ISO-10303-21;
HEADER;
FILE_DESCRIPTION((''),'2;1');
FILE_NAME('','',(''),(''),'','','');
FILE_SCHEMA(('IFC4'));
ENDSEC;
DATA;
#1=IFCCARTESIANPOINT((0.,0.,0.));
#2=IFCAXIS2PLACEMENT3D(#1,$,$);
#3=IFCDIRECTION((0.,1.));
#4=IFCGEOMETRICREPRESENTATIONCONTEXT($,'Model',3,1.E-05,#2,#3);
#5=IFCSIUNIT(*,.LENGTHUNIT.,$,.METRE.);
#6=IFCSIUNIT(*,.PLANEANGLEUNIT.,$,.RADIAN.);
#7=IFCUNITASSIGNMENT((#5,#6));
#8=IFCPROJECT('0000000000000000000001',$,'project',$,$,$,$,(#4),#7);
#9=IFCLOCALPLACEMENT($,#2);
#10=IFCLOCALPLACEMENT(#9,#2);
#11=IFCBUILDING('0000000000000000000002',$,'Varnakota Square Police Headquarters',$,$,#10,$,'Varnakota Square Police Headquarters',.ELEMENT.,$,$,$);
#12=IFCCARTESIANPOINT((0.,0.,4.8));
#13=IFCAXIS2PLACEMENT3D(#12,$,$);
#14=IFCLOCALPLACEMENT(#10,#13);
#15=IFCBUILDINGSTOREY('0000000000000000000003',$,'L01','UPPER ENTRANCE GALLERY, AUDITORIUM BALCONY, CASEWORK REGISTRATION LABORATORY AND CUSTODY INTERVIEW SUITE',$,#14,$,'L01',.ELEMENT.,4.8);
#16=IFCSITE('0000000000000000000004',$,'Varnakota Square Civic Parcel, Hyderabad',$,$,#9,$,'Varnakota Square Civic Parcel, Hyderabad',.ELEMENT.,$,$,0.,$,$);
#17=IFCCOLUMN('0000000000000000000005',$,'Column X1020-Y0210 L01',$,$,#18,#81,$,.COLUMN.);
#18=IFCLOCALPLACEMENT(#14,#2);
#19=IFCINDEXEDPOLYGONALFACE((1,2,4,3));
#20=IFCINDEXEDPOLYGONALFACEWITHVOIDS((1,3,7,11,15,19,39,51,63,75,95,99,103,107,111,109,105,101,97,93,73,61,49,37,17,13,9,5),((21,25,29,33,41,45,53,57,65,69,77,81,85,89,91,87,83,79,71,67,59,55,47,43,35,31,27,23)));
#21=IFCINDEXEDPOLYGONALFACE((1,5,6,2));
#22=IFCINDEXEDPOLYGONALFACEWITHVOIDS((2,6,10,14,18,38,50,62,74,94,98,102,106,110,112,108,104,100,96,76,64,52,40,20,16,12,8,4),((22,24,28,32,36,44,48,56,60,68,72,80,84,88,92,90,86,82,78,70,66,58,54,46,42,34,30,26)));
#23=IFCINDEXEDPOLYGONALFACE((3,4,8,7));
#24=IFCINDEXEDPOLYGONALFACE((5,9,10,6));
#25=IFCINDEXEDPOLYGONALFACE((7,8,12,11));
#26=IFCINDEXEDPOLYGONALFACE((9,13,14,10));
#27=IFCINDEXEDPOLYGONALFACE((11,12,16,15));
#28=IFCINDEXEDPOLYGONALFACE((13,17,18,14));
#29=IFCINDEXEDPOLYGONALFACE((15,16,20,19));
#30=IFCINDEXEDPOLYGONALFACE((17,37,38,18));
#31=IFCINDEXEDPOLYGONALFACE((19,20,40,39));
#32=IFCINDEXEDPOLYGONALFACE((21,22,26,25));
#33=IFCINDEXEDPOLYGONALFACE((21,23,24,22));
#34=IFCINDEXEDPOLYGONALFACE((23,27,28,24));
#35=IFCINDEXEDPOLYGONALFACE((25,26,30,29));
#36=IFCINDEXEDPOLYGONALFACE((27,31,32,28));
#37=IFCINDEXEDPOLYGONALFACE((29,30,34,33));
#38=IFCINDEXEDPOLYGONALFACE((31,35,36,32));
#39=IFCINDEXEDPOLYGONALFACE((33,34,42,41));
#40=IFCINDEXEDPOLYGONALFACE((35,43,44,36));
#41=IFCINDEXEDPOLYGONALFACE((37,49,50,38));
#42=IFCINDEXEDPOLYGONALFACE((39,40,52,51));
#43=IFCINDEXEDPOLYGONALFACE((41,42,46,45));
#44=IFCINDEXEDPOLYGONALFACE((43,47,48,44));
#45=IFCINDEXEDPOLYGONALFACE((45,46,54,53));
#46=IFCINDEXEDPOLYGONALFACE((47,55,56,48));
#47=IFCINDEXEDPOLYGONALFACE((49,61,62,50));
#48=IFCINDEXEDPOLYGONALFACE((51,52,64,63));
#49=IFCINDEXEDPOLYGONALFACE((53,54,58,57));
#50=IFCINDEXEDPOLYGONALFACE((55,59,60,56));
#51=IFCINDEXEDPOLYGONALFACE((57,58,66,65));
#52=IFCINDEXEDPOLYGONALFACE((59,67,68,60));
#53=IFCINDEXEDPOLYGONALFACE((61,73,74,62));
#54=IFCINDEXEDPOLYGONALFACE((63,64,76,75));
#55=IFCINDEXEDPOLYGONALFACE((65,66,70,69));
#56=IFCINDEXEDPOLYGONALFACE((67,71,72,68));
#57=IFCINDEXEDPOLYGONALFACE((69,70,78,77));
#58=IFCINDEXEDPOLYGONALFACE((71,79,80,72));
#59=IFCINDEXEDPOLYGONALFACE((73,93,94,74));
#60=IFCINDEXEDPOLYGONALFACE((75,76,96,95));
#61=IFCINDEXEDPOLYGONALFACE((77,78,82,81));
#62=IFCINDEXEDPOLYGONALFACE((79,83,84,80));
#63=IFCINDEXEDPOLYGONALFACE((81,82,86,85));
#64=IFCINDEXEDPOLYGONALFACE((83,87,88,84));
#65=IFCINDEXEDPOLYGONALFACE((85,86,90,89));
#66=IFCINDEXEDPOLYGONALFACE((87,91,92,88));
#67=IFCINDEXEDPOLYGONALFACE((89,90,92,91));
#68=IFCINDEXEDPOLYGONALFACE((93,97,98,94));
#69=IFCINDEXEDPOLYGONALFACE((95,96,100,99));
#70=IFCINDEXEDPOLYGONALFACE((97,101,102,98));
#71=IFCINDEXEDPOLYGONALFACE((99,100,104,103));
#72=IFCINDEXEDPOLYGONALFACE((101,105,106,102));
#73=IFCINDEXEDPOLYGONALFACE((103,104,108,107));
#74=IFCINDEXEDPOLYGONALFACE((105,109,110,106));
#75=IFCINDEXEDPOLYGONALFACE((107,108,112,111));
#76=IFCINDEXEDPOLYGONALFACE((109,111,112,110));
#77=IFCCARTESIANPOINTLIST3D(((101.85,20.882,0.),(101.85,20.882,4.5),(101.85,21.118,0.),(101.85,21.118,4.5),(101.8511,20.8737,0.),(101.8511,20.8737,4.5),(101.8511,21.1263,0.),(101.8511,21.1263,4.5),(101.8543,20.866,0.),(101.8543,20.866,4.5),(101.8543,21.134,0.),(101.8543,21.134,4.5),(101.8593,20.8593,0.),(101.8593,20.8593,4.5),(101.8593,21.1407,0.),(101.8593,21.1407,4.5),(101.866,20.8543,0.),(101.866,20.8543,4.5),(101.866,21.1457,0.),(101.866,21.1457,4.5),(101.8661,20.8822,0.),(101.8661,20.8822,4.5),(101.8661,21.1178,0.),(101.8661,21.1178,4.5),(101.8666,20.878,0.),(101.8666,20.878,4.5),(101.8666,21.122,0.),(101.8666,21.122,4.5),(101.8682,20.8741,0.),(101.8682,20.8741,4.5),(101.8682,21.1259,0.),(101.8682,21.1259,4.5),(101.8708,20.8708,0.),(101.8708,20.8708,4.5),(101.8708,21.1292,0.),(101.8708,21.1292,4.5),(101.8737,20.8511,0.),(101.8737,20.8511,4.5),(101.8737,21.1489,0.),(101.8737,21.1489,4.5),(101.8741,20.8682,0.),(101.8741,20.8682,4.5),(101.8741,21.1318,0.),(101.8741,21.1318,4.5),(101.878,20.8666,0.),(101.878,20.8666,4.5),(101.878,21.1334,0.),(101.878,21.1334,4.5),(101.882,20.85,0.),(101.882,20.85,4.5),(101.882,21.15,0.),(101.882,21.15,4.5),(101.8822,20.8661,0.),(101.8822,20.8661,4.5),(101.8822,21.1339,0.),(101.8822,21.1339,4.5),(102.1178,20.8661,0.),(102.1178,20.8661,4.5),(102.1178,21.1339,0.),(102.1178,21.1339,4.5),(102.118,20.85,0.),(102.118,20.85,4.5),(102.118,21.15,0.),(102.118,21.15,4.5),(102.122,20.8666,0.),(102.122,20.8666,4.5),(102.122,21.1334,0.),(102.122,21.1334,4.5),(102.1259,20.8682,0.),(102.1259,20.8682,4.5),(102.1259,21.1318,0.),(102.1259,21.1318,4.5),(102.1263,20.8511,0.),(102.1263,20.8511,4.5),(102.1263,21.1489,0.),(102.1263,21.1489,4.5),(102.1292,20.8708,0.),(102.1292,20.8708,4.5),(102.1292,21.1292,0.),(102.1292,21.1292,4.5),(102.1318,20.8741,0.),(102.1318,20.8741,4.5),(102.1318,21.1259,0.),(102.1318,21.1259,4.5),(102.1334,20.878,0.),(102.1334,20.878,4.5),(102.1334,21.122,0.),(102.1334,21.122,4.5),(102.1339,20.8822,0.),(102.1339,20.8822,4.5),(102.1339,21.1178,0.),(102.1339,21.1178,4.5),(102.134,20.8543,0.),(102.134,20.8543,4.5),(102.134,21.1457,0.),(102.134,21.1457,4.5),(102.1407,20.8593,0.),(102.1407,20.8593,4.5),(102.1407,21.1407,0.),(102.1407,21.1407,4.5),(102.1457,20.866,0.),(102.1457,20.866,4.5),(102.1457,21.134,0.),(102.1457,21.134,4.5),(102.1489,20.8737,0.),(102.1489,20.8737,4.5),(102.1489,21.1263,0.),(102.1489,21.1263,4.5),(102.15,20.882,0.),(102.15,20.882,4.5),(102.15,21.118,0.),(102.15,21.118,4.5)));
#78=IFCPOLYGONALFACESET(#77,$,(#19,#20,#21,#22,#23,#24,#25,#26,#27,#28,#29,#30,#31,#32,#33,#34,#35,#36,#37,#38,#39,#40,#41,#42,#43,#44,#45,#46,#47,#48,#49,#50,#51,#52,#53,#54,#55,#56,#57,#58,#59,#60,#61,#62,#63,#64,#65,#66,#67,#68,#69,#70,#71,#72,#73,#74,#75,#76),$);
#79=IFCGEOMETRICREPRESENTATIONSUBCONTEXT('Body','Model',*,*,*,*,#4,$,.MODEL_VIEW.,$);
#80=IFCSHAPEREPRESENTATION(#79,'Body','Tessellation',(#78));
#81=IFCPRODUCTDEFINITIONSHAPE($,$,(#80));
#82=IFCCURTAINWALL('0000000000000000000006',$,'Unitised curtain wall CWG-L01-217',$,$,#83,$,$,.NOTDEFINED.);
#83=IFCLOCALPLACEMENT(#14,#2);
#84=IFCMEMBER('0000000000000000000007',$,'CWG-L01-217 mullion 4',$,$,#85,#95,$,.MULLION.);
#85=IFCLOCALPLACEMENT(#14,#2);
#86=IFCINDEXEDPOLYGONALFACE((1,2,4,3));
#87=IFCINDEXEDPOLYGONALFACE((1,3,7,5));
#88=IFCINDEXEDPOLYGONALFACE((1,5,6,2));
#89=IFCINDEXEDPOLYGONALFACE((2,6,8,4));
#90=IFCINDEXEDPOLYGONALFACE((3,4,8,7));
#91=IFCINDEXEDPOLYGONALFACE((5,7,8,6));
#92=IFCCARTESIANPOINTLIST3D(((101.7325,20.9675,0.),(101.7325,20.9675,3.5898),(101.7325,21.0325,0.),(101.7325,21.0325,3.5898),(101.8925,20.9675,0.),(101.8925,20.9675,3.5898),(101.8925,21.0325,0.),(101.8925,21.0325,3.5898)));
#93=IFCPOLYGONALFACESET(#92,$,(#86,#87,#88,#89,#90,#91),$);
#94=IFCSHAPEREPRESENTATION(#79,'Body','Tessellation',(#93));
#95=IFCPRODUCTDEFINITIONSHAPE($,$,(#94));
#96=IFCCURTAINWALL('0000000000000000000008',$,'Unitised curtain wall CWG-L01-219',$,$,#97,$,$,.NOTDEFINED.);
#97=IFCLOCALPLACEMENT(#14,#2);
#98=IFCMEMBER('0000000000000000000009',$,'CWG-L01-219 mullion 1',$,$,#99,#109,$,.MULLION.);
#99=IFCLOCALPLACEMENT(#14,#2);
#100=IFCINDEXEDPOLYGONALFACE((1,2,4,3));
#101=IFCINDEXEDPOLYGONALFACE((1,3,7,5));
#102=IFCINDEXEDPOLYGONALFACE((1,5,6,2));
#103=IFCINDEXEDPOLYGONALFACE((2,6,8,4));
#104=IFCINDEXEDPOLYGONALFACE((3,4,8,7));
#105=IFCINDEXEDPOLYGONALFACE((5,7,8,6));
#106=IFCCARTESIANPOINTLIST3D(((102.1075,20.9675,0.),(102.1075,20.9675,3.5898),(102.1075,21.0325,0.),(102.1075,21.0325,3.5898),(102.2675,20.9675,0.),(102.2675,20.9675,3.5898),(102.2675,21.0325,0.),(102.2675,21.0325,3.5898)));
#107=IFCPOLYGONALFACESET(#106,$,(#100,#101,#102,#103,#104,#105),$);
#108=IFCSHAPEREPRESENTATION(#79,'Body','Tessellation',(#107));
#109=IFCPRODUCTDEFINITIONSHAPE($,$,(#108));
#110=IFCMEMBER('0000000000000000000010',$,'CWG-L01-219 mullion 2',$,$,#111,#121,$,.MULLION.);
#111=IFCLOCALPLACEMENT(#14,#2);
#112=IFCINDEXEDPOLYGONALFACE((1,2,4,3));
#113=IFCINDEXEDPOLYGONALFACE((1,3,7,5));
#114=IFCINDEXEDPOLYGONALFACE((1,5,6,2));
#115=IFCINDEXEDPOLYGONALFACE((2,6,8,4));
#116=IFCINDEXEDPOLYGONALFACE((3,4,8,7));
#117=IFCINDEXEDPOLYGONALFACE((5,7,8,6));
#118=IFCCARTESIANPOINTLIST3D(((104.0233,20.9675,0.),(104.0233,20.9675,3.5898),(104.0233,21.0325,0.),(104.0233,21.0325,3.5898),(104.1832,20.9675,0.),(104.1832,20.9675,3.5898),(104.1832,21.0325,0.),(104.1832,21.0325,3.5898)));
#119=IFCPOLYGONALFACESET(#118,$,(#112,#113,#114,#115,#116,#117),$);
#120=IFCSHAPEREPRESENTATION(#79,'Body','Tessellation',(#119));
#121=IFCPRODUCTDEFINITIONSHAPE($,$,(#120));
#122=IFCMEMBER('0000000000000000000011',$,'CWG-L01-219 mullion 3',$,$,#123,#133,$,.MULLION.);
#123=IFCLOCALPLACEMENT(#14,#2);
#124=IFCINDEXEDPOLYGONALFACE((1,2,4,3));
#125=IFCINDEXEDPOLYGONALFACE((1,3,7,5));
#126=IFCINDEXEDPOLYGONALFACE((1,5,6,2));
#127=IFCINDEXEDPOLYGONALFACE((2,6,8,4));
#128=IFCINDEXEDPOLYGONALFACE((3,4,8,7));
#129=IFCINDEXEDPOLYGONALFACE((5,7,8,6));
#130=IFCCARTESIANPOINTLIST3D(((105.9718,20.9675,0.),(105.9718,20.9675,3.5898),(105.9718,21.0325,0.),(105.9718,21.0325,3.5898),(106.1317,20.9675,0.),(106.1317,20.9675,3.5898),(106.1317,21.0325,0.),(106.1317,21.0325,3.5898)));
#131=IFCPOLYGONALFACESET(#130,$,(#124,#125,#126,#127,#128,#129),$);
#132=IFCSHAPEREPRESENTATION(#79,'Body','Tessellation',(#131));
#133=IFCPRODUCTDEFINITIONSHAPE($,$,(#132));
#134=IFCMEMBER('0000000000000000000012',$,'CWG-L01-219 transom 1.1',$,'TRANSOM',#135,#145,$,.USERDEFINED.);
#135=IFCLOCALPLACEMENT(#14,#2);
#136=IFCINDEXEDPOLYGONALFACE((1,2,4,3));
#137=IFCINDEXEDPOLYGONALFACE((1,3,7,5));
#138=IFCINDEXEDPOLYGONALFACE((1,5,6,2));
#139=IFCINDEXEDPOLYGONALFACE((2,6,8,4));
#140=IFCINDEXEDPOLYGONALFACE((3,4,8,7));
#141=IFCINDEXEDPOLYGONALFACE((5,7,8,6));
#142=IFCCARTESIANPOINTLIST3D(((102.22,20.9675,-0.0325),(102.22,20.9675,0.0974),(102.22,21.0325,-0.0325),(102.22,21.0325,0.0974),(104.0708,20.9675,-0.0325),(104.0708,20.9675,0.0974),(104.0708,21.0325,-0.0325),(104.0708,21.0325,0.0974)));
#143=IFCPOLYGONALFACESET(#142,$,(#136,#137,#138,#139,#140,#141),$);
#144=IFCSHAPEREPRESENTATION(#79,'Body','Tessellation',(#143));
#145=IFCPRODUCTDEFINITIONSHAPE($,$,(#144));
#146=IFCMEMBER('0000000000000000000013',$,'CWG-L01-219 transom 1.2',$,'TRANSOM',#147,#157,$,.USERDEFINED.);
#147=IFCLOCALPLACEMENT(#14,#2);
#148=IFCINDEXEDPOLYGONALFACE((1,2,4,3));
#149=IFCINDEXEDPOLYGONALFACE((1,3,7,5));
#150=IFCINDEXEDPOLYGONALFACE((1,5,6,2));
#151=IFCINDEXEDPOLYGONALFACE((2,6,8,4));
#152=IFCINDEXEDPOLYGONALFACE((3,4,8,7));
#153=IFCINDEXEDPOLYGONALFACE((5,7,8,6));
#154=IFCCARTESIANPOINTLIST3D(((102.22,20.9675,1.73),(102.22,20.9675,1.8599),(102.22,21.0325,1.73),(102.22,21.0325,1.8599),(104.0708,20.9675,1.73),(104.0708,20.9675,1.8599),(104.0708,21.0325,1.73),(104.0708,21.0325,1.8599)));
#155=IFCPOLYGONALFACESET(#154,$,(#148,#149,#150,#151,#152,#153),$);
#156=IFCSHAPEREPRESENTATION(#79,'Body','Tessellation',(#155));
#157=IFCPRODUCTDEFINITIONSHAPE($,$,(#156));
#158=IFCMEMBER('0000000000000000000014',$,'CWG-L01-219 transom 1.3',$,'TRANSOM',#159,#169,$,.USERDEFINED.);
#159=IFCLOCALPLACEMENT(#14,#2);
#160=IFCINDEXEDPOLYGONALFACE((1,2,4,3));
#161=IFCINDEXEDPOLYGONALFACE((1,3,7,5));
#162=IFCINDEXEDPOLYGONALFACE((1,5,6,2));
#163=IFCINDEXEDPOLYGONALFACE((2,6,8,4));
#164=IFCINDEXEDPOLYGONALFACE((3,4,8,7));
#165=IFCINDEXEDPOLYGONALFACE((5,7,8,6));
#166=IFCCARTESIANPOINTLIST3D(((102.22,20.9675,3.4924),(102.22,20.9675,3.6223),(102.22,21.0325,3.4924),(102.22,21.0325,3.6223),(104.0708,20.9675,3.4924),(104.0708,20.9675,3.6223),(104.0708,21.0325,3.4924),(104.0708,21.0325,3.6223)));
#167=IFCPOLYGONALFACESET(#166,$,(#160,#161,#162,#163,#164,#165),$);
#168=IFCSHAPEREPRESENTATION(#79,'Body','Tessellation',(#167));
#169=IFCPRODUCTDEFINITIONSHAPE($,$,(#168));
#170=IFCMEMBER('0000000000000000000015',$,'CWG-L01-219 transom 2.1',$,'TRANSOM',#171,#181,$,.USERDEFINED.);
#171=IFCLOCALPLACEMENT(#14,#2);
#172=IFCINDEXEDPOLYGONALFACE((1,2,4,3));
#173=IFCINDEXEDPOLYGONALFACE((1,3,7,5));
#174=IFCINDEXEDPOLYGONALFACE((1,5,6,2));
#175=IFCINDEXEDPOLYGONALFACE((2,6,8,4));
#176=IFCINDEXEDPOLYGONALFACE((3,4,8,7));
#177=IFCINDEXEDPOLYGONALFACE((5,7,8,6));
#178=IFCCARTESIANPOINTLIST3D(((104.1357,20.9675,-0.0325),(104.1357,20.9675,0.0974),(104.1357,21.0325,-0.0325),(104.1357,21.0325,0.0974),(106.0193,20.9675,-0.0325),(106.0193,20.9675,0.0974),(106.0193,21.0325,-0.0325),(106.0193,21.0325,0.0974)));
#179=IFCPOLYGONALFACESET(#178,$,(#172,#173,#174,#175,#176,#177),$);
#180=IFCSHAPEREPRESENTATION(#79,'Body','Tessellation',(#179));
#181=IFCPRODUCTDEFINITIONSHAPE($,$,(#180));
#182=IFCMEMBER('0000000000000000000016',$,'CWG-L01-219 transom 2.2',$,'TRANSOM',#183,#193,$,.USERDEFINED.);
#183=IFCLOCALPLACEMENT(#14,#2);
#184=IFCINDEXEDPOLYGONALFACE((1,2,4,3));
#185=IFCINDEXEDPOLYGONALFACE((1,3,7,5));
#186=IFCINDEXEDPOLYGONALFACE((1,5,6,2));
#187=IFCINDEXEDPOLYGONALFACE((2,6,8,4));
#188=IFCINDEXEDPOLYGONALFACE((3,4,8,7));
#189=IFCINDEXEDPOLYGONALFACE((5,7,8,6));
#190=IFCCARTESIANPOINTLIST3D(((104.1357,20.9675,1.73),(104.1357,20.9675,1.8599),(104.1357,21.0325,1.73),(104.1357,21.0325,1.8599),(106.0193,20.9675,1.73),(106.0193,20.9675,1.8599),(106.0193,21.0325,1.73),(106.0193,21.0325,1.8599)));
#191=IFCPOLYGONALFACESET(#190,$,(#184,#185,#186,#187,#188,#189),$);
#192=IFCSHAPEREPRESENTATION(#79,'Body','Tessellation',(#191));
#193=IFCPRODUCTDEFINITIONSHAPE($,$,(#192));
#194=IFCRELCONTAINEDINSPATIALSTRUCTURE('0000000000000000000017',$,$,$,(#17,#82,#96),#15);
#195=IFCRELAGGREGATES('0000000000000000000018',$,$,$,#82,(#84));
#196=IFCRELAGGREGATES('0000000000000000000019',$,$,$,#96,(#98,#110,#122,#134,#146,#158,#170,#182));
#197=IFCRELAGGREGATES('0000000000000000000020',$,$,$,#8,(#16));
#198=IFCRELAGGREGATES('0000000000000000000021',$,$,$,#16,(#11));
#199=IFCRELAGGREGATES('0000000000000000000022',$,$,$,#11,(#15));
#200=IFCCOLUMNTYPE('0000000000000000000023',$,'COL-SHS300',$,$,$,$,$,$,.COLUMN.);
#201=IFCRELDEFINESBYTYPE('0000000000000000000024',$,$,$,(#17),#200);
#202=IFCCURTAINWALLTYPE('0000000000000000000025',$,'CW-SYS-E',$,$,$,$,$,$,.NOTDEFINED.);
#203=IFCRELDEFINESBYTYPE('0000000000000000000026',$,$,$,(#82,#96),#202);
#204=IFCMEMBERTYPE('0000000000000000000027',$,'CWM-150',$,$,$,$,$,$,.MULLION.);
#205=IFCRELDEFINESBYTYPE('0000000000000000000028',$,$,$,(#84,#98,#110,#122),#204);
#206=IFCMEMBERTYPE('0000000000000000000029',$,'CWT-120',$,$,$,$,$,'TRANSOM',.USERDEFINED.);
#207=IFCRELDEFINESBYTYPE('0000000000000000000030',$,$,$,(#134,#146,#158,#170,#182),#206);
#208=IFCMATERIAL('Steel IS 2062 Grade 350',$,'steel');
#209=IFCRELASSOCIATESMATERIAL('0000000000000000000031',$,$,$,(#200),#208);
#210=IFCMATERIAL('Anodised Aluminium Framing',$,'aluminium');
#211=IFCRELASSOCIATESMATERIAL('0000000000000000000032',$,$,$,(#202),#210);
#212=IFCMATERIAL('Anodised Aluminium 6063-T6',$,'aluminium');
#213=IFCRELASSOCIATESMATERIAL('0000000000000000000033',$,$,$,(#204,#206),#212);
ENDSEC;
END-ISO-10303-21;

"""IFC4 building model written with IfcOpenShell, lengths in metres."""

from ifc_helpers import new_model, si_unit, direction, frame, origin, origin_2d, place, context, subcontext, project, spatial, rectangle, hollow_rectangle, extrude, material, material_profile, profile_set, type_object, element, aggregate, save


model = new_model("IFC4")

# Units and contexts
model_context = context("Model", 3, precision=1e-05, world=origin(), true_north=direction((0.0, 1.0)))
body_context = subcontext(model_context, "Body", "Model", "MODEL_VIEW")
ifc_project = project(units=[si_unit("LENGTHUNIT", "METRE"), si_unit("PLANEANGLEUNIT", "RADIAN")], contexts=[model_context])

# Site, building, storey
site_placement = place(None, origin())
site = spatial("IfcSite", under=ifc_project, at=site_placement, Name="Varnakota Square Civic Parcel, Hyderabad", LongName="Varnakota Square Civic Parcel, Hyderabad", CompositionType="ELEMENT", RefElevation=0.0)
building_placement = place(site_placement, origin())
building = spatial("IfcBuilding", under=site, at=building_placement, Name="Varnakota Square Police Headquarters", LongName="Varnakota Square Police Headquarters", CompositionType="ELEMENT")
storey_placement = place(building_placement, frame((0.0, 0.0, 4.8)))
storey = spatial("IfcBuildingStorey", under=building, at=storey_placement, Name="L01", Description="UPPER ENTRANCE GALLERY, AUDITORIUM BALCONY, CASEWORK REGISTRATION LABORATORY AND CUSTODY INTERVIEW SUITE", LongName="L01", CompositionType="ELEMENT", Elevation=4.8)

# Column
ifc_material_1 = material(Name="Steel IS 2062 Grade 350", Category="steel")
ifc_material_profile_1 = material_profile(ifc_material_1, hollow_rectangle(XDim=0.3, YDim=0.3, WallThickness=0.0161, InnerFilletRadius=0.0161, OuterFilletRadius=0.032, at=origin_2d()), Name="SHS 300x300x16")
ifc_profile_set_1 = profile_set([ifc_material_profile_1], Name="Steel IS 2062 Grade 350")
column_type = type_object("IfcColumnType", Name="COL-SHS300", PredefinedType="COLUMN", material=ifc_profile_set_1)
column_placement = place(storey_placement, frame((102.0, 21.0, 0.0), z_axis=(0.0, 0.0, 1.0), x_axis=(1.0, 0.0, 0.0)))
element("IfcColumn", 1, at=column_placement, inside=storey, type_object=column_type, Name="Column X1020-Y0210 L01", PredefinedType="COLUMN", context=body_context, shape_type="SweptSolid", body=[
    extrude(hollow_rectangle(XDim=0.3, YDim=0.3, WallThickness=0.0161, InnerFilletRadius=0.0161, OuterFilletRadius=0.032, at=origin_2d()), origin(), (0.0, 0.0, 1.0), 4.5),
])

# Curtain wall, member
ifc_material_2 = material(Name="Anodised Aluminium Framing", Category="aluminium")
curtain_wall_type = type_object("IfcCurtainWallType", Name="CW-SYS-E", PredefinedType="NOTDEFINED", material=ifc_material_2)
curtain_wall_1_placement = place(storey_placement, origin())
curtain_wall_1 = element("IfcCurtainWall", 2, at=curtain_wall_1_placement, inside=storey, type_object=curtain_wall_type, Name="Unitised curtain wall CWG-L01-217", PredefinedType="NOTDEFINED")
ifc_material_3 = material(Name="Anodised Aluminium 6063-T6", Category="aluminium")
ifc_material_profile_2 = material_profile(ifc_material_3, rectangle(XDim=0.0649, YDim=0.1599, at=origin_2d()), Name="ALU MULLION 65x160")
ifc_profile_set_2 = profile_set([ifc_material_profile_2], Name="Anodised Aluminium 6063-T6")
member_type_1 = type_object("IfcMemberType", Name="CWM-150", PredefinedType="MULLION", material=ifc_profile_set_2)
member_1_placement = place(storey_placement, frame((101.8125, 21.0, 0.0), z_axis=(0.0, 0.0, 1.0), x_axis=(0.0, 1.0, 0.0)))
member_1 = element("IfcMember", 3, at=member_1_placement, type_object=member_type_1, Name="CWG-L01-217 mullion 4", PredefinedType="MULLION", context=body_context, shape_type="SweptSolid", body=[
    extrude(rectangle(XDim=0.0649, YDim=0.1599, at=origin_2d()), origin(), (0.0, 0.0, 1.0), 3.5898),
])
aggregate(curtain_wall_1, [member_1])

# Curtain wall, members
curtain_wall_2_placement = place(storey_placement, origin())
curtain_wall_2 = element("IfcCurtainWall", 4, at=curtain_wall_2_placement, inside=storey, type_object=curtain_wall_type, Name="Unitised curtain wall CWG-L01-219", PredefinedType="NOTDEFINED")
member_2_placement = place(storey_placement, frame((102.1875, 21.0, 0.0), z_axis=(0.0, 0.0, 1.0), x_axis=(0.0, 1.0, 0.0)))
member_2 = element("IfcMember", 5, at=member_2_placement, type_object=member_type_1, Name="CWG-L01-219 mullion 1", PredefinedType="MULLION", context=body_context, shape_type="SweptSolid", body=[
    extrude(rectangle(XDim=0.0649, YDim=0.1599, at=origin_2d()), origin(), (0.0, 0.0, 1.0), 3.5898),
])
member_3_placement = place(storey_placement, frame((104.1033, 21.0, 0.0), z_axis=(0.0, 0.0, 1.0), x_axis=(0.0, 1.0, 0.0)))
member_3 = element("IfcMember", 6, at=member_3_placement, type_object=member_type_1, Name="CWG-L01-219 mullion 2", PredefinedType="MULLION", context=body_context, shape_type="SweptSolid", body=[
    extrude(rectangle(XDim=0.0649, YDim=0.1599, at=origin_2d()), origin(), (0.0, 0.0, 1.0), 3.5898),
])
member_4_placement = place(storey_placement, frame((106.0518, 21.0, 0.0), z_axis=(0.0, 0.0, 1.0), x_axis=(0.0, 1.0, 0.0)))
member_4 = element("IfcMember", 7, at=member_4_placement, type_object=member_type_1, Name="CWG-L01-219 mullion 3", PredefinedType="MULLION", context=body_context, shape_type="SweptSolid", body=[
    extrude(rectangle(XDim=0.0649, YDim=0.1599, at=origin_2d()), origin(), (0.0, 0.0, 1.0), 3.5898),
])
ifc_material_profile_3 = material_profile(ifc_material_3, rectangle(XDim=0.0649, YDim=0.1299, at=origin_2d()), Name="ALU TRANSOM 65x130")
ifc_profile_set_3 = profile_set([ifc_material_profile_3], Name="Anodised Aluminium 6063-T6")
member_type_2 = type_object("IfcMemberType", Name="CWT-120", ElementType="TRANSOM", PredefinedType="USERDEFINED", material=ifc_profile_set_3)
member_5_placement = place(storey_placement, frame((102.22, 21.0, 0.0325), z_axis=(1.0, 0.0, 0.0), x_axis=(0.0, 1.0, 0.0)))
member_5 = element("IfcMember", 8, at=member_5_placement, type_object=member_type_2, Name="CWG-L01-219 transom 1.1", ObjectType="TRANSOM", PredefinedType="USERDEFINED", context=body_context, shape_type="SweptSolid", body=[
    extrude(rectangle(XDim=0.0649, YDim=0.1299, at=origin_2d()), origin(), (0.0, 0.0, 1.0), 1.8508),
])
member_6_placement = place(storey_placement, frame((102.22, 21.0, 1.7949), z_axis=(1.0, 0.0, 0.0), x_axis=(0.0, 1.0, 0.0)))
member_6 = element("IfcMember", 9, at=member_6_placement, type_object=member_type_2, Name="CWG-L01-219 transom 1.2", ObjectType="TRANSOM", PredefinedType="USERDEFINED", context=body_context, shape_type="SweptSolid", body=[
    extrude(rectangle(XDim=0.0649, YDim=0.1299, at=origin_2d()), origin(), (0.0, 0.0, 1.0), 1.8508),
])
member_7_placement = place(storey_placement, frame((102.22, 21.0, 3.5574), z_axis=(1.0, 0.0, 0.0), x_axis=(0.0, 1.0, 0.0)))
member_7 = element("IfcMember", 10, at=member_7_placement, type_object=member_type_2, Name="CWG-L01-219 transom 1.3", ObjectType="TRANSOM", PredefinedType="USERDEFINED", context=body_context, shape_type="SweptSolid", body=[
    extrude(rectangle(XDim=0.0649, YDim=0.1299, at=origin_2d()), origin(), (0.0, 0.0, 1.0), 1.8508),
])
member_8_placement = place(storey_placement, frame((104.1357, 21.0, 0.0325), z_axis=(1.0, 0.0, 0.0), x_axis=(0.0, 1.0, 0.0)))
member_8 = element("IfcMember", 11, at=member_8_placement, type_object=member_type_2, Name="CWG-L01-219 transom 2.1", ObjectType="TRANSOM", PredefinedType="USERDEFINED", context=body_context, shape_type="SweptSolid", body=[
    extrude(rectangle(XDim=0.0649, YDim=0.1299, at=origin_2d()), origin(), (0.0, 0.0, 1.0), 1.8835),
])
member_9_placement = place(storey_placement, frame((104.1357, 21.0, 1.7949), z_axis=(1.0, 0.0, 0.0), x_axis=(0.0, 1.0, 0.0)))
member_9 = element("IfcMember", 12, at=member_9_placement, type_object=member_type_2, Name="CWG-L01-219 transom 2.2", ObjectType="TRANSOM", PredefinedType="USERDEFINED", context=body_context, shape_type="SweptSolid", body=[
    extrude(rectangle(XDim=0.0649, YDim=0.1299, at=origin_2d()), origin(), (0.0, 0.0, 1.0), 1.8835),
])

aggregate(curtain_wall_2, [member_2, member_3, member_4, member_5, member_6, member_7, member_8, member_9])

save(model, "model.ifc")
